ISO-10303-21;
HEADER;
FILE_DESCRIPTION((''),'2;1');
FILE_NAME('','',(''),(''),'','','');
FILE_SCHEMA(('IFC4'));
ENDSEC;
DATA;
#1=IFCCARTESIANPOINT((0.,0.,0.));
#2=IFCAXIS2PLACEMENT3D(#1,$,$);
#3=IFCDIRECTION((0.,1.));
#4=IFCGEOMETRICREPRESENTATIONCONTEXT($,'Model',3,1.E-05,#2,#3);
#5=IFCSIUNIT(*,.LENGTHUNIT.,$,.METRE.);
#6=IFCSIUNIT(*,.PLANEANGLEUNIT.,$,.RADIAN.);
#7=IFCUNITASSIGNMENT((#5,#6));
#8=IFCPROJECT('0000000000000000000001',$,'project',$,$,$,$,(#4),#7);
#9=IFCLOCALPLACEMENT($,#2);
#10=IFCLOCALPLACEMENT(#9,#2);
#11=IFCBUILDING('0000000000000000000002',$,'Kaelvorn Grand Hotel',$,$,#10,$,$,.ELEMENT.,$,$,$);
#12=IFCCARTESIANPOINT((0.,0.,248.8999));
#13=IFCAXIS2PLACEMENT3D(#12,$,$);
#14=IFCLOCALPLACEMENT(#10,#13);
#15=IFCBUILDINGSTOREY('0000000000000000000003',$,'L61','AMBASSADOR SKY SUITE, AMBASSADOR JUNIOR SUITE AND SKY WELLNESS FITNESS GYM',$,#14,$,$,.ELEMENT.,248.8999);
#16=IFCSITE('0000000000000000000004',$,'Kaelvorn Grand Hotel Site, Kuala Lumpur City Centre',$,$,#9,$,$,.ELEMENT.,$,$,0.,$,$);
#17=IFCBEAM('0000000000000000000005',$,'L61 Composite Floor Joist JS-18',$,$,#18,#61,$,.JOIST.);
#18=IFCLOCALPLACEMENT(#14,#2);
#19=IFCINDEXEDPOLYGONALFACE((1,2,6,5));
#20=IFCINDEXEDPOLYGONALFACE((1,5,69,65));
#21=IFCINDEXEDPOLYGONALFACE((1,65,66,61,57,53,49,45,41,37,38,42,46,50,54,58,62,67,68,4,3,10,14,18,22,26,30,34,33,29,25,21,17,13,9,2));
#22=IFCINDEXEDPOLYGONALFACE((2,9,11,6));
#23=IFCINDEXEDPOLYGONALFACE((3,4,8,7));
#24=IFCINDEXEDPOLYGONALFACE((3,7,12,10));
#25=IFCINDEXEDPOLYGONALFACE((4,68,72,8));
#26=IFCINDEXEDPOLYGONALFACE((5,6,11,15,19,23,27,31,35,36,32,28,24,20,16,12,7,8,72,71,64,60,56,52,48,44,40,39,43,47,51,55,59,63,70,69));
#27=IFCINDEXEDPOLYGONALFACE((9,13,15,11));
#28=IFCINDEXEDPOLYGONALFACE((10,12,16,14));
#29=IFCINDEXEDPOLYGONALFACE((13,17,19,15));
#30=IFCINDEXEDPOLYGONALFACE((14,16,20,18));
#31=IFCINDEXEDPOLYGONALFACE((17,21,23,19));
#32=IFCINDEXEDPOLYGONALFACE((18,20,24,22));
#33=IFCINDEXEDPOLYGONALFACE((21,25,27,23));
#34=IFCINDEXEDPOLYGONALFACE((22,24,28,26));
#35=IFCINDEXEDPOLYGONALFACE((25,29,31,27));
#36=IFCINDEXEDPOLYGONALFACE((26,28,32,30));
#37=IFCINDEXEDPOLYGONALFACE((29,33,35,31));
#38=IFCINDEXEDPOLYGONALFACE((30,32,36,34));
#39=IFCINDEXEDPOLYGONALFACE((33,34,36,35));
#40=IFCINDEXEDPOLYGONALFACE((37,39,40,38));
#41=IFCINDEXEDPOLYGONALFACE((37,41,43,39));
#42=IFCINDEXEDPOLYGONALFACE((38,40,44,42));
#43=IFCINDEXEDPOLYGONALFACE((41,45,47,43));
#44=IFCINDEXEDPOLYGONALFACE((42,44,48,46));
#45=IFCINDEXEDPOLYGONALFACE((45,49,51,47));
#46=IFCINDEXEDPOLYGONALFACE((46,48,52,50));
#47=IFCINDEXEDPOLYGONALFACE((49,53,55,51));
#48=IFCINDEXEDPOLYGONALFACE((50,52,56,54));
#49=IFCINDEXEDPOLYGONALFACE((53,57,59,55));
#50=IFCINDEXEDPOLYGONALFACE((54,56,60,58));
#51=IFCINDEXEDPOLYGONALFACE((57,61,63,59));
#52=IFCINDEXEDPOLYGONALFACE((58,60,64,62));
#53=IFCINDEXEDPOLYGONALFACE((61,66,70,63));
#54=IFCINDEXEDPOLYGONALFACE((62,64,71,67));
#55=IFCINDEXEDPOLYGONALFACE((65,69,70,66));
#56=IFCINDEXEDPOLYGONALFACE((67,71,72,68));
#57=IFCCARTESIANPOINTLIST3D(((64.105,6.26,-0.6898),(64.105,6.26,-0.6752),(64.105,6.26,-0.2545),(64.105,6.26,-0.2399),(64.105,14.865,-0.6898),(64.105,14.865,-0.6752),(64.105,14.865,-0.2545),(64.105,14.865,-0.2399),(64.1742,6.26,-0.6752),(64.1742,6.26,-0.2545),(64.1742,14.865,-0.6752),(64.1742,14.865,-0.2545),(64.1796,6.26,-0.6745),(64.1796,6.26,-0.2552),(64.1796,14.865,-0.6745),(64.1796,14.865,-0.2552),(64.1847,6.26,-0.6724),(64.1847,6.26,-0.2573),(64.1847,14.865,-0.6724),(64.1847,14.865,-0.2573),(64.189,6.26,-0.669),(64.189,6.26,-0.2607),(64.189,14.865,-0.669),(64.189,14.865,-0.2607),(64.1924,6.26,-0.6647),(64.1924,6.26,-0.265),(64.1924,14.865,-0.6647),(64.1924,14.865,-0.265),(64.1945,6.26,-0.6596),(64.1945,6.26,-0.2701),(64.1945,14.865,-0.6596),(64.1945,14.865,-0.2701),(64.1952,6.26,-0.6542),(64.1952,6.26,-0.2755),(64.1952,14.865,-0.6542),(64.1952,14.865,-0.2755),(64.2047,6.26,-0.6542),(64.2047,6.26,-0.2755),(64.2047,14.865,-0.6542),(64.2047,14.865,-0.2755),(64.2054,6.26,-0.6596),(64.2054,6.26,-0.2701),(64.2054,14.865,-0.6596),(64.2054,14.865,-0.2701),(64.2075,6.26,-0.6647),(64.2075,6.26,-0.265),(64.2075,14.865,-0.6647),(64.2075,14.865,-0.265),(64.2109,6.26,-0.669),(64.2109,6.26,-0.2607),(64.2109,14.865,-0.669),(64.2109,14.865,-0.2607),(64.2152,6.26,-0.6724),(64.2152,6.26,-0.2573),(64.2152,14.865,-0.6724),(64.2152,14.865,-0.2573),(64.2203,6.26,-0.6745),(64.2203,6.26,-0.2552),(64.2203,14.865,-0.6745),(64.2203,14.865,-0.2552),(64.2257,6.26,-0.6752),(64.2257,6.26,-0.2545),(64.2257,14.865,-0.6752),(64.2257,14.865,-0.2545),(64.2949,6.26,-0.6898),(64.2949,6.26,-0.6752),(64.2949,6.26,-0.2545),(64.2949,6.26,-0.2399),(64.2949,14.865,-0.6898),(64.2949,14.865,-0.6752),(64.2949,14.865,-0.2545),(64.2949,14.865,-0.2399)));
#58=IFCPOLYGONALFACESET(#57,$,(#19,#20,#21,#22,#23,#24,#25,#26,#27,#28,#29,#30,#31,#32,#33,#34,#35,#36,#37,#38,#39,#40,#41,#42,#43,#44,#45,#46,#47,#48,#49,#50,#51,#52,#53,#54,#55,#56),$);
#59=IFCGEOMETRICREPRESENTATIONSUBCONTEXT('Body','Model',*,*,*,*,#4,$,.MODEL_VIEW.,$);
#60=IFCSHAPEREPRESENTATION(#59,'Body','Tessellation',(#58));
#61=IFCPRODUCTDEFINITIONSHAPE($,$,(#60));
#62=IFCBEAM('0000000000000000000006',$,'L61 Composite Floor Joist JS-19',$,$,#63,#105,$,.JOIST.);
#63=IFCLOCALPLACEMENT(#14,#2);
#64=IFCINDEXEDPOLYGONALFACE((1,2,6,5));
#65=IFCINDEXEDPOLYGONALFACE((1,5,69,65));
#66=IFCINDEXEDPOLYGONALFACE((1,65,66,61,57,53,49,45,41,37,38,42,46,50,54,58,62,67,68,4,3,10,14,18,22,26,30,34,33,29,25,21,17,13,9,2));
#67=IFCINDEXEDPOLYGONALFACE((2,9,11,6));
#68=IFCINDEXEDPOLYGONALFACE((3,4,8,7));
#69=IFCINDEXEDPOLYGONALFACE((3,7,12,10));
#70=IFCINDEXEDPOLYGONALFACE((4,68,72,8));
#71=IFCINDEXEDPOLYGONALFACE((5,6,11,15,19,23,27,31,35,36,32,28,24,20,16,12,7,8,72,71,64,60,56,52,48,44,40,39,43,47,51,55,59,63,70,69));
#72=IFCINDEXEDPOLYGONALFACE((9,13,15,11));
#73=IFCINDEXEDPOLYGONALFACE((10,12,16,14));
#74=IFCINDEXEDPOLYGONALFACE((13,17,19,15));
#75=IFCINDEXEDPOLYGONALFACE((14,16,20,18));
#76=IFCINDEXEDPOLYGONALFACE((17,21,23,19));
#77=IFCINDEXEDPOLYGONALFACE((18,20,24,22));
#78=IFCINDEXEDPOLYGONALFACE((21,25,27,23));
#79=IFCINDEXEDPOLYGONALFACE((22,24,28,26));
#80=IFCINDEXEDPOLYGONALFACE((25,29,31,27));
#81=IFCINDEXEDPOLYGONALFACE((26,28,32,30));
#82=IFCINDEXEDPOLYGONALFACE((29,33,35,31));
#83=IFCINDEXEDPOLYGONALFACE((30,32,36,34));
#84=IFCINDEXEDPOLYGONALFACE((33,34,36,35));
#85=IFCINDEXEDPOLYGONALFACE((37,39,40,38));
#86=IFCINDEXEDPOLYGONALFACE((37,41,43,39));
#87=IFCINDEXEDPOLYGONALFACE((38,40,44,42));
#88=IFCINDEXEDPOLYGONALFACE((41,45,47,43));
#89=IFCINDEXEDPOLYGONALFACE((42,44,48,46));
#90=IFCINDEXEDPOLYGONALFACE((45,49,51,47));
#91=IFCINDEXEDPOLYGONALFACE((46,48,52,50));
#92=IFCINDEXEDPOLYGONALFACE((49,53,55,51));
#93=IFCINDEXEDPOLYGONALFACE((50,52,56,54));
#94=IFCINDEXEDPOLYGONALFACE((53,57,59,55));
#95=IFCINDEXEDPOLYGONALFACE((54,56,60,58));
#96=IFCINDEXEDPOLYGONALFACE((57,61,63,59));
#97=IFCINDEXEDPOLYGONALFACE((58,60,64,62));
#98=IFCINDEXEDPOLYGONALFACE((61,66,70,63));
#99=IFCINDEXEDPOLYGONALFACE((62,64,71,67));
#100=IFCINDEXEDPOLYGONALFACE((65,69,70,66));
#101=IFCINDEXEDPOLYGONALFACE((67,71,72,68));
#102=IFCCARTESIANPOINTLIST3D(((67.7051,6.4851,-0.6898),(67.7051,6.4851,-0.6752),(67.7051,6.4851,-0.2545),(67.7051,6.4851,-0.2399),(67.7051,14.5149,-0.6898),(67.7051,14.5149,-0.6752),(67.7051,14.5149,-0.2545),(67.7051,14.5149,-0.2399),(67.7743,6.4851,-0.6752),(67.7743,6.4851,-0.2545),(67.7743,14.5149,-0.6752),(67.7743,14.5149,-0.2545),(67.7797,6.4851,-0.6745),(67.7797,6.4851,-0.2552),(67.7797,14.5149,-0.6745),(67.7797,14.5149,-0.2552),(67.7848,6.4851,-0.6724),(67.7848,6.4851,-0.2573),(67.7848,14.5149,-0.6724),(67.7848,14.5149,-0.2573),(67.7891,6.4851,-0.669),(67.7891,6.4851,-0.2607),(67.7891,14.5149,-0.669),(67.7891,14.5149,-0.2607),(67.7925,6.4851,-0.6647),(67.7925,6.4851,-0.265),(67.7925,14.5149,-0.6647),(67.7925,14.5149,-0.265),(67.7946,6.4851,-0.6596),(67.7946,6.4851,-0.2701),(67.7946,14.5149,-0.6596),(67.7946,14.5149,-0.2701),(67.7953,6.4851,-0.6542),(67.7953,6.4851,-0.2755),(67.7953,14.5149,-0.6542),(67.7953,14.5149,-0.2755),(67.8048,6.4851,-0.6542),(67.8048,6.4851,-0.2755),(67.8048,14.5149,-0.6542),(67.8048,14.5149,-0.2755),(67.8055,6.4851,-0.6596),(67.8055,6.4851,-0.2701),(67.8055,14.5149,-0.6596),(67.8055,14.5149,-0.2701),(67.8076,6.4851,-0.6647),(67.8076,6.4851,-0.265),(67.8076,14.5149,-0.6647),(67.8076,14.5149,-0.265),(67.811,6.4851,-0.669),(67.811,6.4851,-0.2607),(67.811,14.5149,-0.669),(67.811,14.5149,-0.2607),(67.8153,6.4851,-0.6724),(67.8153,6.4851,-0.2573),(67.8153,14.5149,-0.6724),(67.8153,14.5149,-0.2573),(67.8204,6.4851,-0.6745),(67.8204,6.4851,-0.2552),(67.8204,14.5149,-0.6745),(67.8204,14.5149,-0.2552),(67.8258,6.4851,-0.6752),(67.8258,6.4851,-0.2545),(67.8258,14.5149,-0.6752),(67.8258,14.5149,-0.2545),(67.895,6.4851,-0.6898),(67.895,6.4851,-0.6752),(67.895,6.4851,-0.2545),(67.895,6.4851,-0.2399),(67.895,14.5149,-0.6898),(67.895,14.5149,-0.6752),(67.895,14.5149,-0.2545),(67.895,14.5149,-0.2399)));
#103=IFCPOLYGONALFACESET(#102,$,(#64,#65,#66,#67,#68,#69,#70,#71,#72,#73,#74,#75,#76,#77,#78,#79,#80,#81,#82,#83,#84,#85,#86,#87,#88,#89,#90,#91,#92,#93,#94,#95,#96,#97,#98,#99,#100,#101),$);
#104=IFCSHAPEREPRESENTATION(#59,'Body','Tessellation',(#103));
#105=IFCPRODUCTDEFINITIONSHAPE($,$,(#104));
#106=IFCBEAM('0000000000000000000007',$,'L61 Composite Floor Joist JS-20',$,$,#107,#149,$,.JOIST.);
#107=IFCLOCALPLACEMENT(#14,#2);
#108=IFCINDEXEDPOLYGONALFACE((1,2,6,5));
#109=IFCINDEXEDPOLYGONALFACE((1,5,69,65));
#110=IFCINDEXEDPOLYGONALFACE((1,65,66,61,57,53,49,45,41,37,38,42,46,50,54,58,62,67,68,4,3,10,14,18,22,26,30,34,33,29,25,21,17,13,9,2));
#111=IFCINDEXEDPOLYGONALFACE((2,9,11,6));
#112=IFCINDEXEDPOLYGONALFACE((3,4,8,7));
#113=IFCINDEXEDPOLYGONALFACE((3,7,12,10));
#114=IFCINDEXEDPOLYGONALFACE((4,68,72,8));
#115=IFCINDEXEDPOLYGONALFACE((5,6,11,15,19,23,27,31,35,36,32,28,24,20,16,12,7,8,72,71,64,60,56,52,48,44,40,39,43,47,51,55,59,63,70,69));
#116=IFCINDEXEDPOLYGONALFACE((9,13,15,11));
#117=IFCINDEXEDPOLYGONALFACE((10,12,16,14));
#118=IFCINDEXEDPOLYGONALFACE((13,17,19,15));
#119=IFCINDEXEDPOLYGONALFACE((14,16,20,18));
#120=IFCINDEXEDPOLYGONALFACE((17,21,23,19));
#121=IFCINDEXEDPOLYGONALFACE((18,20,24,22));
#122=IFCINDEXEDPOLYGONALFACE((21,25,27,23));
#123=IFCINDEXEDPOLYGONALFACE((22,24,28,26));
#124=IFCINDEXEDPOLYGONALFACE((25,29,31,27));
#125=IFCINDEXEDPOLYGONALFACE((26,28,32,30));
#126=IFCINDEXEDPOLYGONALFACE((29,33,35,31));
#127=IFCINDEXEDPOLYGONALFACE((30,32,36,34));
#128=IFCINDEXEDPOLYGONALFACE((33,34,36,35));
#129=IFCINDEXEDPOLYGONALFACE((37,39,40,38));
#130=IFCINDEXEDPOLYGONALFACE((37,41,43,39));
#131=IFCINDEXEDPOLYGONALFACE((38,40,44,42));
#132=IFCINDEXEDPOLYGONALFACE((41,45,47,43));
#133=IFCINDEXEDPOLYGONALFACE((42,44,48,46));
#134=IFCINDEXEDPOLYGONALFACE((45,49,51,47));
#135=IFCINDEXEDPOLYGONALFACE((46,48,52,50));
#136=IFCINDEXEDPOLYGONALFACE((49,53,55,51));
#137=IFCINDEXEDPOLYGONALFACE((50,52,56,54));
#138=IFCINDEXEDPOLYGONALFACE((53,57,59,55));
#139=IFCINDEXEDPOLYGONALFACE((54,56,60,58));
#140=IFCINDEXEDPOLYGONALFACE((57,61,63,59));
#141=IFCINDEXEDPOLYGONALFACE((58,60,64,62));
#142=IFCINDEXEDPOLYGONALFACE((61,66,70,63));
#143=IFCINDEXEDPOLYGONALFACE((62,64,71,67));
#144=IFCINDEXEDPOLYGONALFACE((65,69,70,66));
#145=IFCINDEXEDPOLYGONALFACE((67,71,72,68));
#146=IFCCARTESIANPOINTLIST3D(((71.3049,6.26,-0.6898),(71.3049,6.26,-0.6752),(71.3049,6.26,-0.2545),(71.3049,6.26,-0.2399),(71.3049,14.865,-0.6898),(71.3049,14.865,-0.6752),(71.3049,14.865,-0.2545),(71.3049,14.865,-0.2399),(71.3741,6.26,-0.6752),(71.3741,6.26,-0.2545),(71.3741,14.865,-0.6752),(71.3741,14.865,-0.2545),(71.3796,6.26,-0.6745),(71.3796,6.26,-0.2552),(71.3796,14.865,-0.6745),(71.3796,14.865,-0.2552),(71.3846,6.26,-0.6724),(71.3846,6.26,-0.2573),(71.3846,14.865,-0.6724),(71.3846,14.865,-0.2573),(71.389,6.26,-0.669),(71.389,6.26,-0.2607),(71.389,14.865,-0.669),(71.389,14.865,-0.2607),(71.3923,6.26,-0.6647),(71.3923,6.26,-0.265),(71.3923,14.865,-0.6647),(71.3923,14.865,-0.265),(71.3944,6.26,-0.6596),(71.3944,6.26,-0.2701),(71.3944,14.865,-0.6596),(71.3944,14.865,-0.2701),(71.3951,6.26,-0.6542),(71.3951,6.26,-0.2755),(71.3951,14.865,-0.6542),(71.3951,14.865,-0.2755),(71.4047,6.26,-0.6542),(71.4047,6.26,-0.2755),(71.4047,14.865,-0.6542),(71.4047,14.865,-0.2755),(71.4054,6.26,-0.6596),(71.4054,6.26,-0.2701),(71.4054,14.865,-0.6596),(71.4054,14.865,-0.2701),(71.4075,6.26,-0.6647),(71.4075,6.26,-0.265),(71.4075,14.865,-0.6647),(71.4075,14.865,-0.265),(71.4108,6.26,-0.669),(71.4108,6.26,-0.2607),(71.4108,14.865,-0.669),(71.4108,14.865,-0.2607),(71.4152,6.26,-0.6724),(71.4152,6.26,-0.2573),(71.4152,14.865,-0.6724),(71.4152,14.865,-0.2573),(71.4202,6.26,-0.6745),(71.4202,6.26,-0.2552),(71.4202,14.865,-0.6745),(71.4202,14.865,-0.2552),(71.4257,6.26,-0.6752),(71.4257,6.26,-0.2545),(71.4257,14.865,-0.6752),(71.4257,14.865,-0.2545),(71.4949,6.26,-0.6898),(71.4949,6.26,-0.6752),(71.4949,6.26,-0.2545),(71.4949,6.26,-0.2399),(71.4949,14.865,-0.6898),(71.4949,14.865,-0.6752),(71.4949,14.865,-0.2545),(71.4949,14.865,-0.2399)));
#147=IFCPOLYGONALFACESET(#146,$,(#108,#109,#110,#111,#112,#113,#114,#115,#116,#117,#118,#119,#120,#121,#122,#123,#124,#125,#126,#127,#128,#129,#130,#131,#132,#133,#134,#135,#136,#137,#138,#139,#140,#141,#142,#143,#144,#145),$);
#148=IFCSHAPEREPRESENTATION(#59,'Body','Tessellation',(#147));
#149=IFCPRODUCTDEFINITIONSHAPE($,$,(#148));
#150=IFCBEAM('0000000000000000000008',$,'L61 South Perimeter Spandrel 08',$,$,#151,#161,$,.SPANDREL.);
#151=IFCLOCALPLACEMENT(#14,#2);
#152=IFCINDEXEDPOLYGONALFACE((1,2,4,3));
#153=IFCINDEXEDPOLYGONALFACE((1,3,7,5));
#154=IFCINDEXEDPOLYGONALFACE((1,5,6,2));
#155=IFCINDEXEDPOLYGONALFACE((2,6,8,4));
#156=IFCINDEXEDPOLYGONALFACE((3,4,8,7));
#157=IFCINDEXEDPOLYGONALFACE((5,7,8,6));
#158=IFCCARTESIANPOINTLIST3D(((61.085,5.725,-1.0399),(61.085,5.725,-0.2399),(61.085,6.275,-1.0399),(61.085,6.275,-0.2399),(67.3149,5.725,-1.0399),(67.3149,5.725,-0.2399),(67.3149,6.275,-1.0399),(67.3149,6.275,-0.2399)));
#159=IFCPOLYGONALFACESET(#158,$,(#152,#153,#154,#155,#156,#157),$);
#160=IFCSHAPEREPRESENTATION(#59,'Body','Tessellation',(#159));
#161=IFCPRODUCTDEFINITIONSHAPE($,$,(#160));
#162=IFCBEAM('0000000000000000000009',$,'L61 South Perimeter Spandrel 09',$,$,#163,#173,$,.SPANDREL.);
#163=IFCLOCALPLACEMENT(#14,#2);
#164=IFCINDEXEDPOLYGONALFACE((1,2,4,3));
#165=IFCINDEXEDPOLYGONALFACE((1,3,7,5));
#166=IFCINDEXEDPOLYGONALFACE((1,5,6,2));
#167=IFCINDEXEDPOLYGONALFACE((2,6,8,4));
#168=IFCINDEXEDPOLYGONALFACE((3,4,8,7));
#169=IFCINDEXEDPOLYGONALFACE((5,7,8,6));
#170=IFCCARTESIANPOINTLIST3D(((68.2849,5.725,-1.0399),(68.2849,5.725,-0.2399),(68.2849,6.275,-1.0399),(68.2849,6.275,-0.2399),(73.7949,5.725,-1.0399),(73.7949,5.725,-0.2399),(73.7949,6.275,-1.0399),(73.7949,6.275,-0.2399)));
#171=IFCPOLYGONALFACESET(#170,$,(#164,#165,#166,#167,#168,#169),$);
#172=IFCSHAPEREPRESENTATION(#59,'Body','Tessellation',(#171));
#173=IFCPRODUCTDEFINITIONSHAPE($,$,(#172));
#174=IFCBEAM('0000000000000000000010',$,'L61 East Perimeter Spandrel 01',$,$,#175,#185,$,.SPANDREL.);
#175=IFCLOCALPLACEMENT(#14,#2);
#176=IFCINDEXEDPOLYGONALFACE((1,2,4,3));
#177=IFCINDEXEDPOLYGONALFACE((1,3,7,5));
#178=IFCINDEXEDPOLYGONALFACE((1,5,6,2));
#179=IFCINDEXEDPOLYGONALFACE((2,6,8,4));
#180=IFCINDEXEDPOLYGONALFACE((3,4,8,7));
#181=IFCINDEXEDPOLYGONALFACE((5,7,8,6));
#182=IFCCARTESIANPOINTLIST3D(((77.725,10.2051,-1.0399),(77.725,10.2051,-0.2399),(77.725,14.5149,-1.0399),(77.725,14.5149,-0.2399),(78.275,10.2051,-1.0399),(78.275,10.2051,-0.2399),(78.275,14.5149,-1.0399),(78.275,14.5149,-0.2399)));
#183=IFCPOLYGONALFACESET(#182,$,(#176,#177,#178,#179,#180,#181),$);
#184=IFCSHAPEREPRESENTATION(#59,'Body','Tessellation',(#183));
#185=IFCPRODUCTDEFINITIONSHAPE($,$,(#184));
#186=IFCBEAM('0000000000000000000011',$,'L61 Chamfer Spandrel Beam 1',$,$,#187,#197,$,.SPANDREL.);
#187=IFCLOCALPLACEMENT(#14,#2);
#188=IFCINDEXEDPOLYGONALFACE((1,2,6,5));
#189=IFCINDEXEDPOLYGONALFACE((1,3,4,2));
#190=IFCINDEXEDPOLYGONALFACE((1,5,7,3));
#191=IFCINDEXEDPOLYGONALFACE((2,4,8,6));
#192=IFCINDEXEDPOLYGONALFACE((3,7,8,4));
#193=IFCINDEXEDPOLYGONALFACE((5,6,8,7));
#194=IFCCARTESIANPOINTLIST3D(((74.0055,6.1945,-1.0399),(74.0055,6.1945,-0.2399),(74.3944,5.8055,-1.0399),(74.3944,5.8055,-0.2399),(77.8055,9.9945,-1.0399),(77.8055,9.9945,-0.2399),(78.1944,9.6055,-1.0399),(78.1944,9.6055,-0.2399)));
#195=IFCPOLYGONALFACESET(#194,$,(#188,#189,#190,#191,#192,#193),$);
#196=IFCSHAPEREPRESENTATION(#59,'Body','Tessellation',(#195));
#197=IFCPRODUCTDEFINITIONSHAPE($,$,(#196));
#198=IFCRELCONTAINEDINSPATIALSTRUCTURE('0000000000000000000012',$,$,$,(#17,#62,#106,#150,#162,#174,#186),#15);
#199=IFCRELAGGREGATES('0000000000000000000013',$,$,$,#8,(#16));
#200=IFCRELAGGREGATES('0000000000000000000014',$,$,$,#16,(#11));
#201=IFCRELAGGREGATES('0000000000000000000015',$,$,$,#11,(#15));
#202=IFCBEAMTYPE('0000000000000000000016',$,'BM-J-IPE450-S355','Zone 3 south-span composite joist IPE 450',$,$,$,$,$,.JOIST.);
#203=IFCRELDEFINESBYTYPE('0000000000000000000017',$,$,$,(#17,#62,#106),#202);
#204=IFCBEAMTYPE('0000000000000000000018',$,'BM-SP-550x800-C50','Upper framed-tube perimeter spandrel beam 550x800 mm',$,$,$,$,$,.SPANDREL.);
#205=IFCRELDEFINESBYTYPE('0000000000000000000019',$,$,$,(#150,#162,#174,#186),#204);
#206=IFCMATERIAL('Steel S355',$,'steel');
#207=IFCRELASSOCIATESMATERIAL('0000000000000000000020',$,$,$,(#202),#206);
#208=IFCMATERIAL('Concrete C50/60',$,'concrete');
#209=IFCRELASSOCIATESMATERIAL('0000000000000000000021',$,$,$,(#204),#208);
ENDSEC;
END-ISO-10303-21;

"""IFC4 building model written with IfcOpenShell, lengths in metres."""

from ifc_helpers import new_model, si_unit, direction, frame, origin, origin_2d, place, context, subcontext, project, spatial, rectangle, i_section, extrude, material, material_profile, profile_set, type_object, element, save


model = new_model("IFC4")

# Units and contexts
model_context = context("Model", 3, precision=1e-05, world=origin(), true_north=direction((0.0, 1.0)))
body_context = subcontext(model_context, "Body", "Model", "MODEL_VIEW")
ifc_project = project(units=[si_unit("LENGTHUNIT", "METRE"), si_unit("PLANEANGLEUNIT", "RADIAN")], contexts=[model_context])

# Site, building, storey
site_placement = place(None, origin())
site = spatial("IfcSite", under=ifc_project, at=site_placement, Name="Kaelvorn Grand Hotel Site, Kuala Lumpur City Centre", CompositionType="ELEMENT", RefElevation=0.0)
building_placement = place(site_placement, origin())
building = spatial("IfcBuilding", under=site, at=building_placement, Name="Kaelvorn Grand Hotel", CompositionType="ELEMENT")
storey_placement = place(building_placement, frame((0.0, 0.0, 248.8999)))
storey = spatial("IfcBuildingStorey", under=building, at=storey_placement, Name="L61", Description="AMBASSADOR SKY SUITE, AMBASSADOR JUNIOR SUITE AND SKY WELLNESS FITNESS GYM", CompositionType="ELEMENT", Elevation=248.8999)

# Shared definitions
ifc_material_1 = material(Name="Concrete C50/60", Category="concrete")

# Beams
ifc_material_2 = material(Name="Steel S355", Category="steel")
ifc_material_profile_1 = material_profile(ifc_material_2, i_section(OverallWidth=0.1899, OverallDepth=0.45, WebThickness=0.0095, FlangeThickness=0.0146, FilletRadius=0.021, at=origin_2d()), Name="IPE 450")
ifc_profile_set_1 = profile_set([ifc_material_profile_1], Name="Steel S355")
beam_type_1 = type_object("IfcBeamType", Name="BM-J-IPE450-S355", Description="Zone 3 south-span composite joist IPE 450", PredefinedType="JOIST", material=ifc_profile_set_1)
beam_1_placement = place(storey_placement, frame((64.2, 6.26, -0.4648), z_axis=(0.0, 1.0, 0.0), x_axis=(-1.0, 0.0, 0.0)))
element("IfcBeam", 1, at=beam_1_placement, inside=storey, type_object=beam_type_1, Name="L61 Composite Floor Joist JS-18", PredefinedType="JOIST", context=body_context, shape_type="SweptSolid", body=[
    extrude(i_section(OverallWidth=0.1899, OverallDepth=0.45, WebThickness=0.0095, FlangeThickness=0.0146, FilletRadius=0.021, at=origin_2d()), origin(), (0.0, 0.0, 1.0), 8.605),
])
beam_2_placement = place(storey_placement, frame((67.8, 6.4851, -0.4648), z_axis=(0.0, 1.0, 0.0), x_axis=(-1.0, 0.0, 0.0)))
element("IfcBeam", 2, at=beam_2_placement, inside=storey, type_object=beam_type_1, Name="L61 Composite Floor Joist JS-19", PredefinedType="JOIST", context=body_context, shape_type="SweptSolid", body=[
    extrude(i_section(OverallWidth=0.1899, OverallDepth=0.45, WebThickness=0.0095, FlangeThickness=0.0146, FilletRadius=0.021, at=origin_2d()), origin(), (0.0, 0.0, 1.0), 8.0298),
])
beam_3_placement = place(storey_placement, frame((71.3999, 6.26, -0.4648), z_axis=(0.0, 1.0, 0.0), x_axis=(-1.0, 0.0, 0.0)))
element("IfcBeam", 3, at=beam_3_placement, inside=storey, type_object=beam_type_1, Name="L61 Composite Floor Joist JS-20", PredefinedType="JOIST", context=body_context, shape_type="SweptSolid", body=[
    extrude(i_section(OverallWidth=0.1899, OverallDepth=0.45, WebThickness=0.0095, FlangeThickness=0.0146, FilletRadius=0.021, at=origin_2d()), origin(), (0.0, 0.0, 1.0), 8.605),
])
ifc_material_profile_2 = material_profile(ifc_material_1, rectangle(XDim=0.55, YDim=0.8, at=origin_2d()), Name="RC SPANDREL 550x800")
ifc_profile_set_2 = profile_set([ifc_material_profile_2], Name="Concrete C50/60")
beam_type_2 = type_object("IfcBeamType", Name="BM-SP-550x800-C50", Description="Upper framed-tube perimeter spandrel beam 550x800 mm", PredefinedType="SPANDREL", material=ifc_profile_set_2)
beam_4_placement = place(storey_placement, frame((61.085, 6.0, -0.6399), z_axis=(1.0, 0.0, 0.0), x_axis=(0.0, 1.0, 0.0)))
element("IfcBeam", 4, at=beam_4_placement, inside=storey, type_object=beam_type_2, Name="L61 South Perimeter Spandrel 08", PredefinedType="SPANDREL", context=body_context, shape_type="SweptSolid", body=[
    extrude(rectangle(XDim=0.55, YDim=0.8, at=origin_2d()), origin(), (0.0, 0.0, 1.0), 6.23),
])
beam_5_placement = place(storey_placement, frame((68.2849, 6.0, -0.6399), z_axis=(1.0, 0.0, 0.0), x_axis=(0.0, 1.0, 0.0)))
element("IfcBeam", 5, at=beam_5_placement, inside=storey, type_object=beam_type_2, Name="L61 South Perimeter Spandrel 09", PredefinedType="SPANDREL", context=body_context, shape_type="SweptSolid", body=[
    extrude(rectangle(XDim=0.55, YDim=0.8, at=origin_2d()), origin(), (0.0, 0.0, 1.0), 5.51),
])
beam_6_placement = place(storey_placement, frame((78.0, 10.2051, -0.6399), z_axis=(0.0, 1.0, 0.0), x_axis=(-1.0, 0.0, 0.0)))
element("IfcBeam", 6, at=beam_6_placement, inside=storey, type_object=beam_type_2, Name="L61 East Perimeter Spandrel 01", PredefinedType="SPANDREL", context=body_context, shape_type="SweptSolid", body=[
    extrude(rectangle(XDim=0.55, YDim=0.8, at=origin_2d()), origin(), (0.0, 0.0, 1.0), 4.3098),
])
beam_7_placement = place(storey_placement, frame((74.2, 6.0, -0.6399), z_axis=(0.707107, 0.707107, 0.0), x_axis=(-0.707107, 0.707107, 0.0)))
element("IfcBeam", 7, at=beam_7_placement, inside=storey, type_object=beam_type_2, Name="L61 Chamfer Spandrel Beam 1", PredefinedType="SPANDREL", context=body_context, shape_type="SweptSolid", body=[
    extrude(rectangle(XDim=0.55, YDim=0.8, at=origin_2d()), origin(), (0.0, 0.0, 1.0), 5.374),
])

save(model, "model.ifc")
